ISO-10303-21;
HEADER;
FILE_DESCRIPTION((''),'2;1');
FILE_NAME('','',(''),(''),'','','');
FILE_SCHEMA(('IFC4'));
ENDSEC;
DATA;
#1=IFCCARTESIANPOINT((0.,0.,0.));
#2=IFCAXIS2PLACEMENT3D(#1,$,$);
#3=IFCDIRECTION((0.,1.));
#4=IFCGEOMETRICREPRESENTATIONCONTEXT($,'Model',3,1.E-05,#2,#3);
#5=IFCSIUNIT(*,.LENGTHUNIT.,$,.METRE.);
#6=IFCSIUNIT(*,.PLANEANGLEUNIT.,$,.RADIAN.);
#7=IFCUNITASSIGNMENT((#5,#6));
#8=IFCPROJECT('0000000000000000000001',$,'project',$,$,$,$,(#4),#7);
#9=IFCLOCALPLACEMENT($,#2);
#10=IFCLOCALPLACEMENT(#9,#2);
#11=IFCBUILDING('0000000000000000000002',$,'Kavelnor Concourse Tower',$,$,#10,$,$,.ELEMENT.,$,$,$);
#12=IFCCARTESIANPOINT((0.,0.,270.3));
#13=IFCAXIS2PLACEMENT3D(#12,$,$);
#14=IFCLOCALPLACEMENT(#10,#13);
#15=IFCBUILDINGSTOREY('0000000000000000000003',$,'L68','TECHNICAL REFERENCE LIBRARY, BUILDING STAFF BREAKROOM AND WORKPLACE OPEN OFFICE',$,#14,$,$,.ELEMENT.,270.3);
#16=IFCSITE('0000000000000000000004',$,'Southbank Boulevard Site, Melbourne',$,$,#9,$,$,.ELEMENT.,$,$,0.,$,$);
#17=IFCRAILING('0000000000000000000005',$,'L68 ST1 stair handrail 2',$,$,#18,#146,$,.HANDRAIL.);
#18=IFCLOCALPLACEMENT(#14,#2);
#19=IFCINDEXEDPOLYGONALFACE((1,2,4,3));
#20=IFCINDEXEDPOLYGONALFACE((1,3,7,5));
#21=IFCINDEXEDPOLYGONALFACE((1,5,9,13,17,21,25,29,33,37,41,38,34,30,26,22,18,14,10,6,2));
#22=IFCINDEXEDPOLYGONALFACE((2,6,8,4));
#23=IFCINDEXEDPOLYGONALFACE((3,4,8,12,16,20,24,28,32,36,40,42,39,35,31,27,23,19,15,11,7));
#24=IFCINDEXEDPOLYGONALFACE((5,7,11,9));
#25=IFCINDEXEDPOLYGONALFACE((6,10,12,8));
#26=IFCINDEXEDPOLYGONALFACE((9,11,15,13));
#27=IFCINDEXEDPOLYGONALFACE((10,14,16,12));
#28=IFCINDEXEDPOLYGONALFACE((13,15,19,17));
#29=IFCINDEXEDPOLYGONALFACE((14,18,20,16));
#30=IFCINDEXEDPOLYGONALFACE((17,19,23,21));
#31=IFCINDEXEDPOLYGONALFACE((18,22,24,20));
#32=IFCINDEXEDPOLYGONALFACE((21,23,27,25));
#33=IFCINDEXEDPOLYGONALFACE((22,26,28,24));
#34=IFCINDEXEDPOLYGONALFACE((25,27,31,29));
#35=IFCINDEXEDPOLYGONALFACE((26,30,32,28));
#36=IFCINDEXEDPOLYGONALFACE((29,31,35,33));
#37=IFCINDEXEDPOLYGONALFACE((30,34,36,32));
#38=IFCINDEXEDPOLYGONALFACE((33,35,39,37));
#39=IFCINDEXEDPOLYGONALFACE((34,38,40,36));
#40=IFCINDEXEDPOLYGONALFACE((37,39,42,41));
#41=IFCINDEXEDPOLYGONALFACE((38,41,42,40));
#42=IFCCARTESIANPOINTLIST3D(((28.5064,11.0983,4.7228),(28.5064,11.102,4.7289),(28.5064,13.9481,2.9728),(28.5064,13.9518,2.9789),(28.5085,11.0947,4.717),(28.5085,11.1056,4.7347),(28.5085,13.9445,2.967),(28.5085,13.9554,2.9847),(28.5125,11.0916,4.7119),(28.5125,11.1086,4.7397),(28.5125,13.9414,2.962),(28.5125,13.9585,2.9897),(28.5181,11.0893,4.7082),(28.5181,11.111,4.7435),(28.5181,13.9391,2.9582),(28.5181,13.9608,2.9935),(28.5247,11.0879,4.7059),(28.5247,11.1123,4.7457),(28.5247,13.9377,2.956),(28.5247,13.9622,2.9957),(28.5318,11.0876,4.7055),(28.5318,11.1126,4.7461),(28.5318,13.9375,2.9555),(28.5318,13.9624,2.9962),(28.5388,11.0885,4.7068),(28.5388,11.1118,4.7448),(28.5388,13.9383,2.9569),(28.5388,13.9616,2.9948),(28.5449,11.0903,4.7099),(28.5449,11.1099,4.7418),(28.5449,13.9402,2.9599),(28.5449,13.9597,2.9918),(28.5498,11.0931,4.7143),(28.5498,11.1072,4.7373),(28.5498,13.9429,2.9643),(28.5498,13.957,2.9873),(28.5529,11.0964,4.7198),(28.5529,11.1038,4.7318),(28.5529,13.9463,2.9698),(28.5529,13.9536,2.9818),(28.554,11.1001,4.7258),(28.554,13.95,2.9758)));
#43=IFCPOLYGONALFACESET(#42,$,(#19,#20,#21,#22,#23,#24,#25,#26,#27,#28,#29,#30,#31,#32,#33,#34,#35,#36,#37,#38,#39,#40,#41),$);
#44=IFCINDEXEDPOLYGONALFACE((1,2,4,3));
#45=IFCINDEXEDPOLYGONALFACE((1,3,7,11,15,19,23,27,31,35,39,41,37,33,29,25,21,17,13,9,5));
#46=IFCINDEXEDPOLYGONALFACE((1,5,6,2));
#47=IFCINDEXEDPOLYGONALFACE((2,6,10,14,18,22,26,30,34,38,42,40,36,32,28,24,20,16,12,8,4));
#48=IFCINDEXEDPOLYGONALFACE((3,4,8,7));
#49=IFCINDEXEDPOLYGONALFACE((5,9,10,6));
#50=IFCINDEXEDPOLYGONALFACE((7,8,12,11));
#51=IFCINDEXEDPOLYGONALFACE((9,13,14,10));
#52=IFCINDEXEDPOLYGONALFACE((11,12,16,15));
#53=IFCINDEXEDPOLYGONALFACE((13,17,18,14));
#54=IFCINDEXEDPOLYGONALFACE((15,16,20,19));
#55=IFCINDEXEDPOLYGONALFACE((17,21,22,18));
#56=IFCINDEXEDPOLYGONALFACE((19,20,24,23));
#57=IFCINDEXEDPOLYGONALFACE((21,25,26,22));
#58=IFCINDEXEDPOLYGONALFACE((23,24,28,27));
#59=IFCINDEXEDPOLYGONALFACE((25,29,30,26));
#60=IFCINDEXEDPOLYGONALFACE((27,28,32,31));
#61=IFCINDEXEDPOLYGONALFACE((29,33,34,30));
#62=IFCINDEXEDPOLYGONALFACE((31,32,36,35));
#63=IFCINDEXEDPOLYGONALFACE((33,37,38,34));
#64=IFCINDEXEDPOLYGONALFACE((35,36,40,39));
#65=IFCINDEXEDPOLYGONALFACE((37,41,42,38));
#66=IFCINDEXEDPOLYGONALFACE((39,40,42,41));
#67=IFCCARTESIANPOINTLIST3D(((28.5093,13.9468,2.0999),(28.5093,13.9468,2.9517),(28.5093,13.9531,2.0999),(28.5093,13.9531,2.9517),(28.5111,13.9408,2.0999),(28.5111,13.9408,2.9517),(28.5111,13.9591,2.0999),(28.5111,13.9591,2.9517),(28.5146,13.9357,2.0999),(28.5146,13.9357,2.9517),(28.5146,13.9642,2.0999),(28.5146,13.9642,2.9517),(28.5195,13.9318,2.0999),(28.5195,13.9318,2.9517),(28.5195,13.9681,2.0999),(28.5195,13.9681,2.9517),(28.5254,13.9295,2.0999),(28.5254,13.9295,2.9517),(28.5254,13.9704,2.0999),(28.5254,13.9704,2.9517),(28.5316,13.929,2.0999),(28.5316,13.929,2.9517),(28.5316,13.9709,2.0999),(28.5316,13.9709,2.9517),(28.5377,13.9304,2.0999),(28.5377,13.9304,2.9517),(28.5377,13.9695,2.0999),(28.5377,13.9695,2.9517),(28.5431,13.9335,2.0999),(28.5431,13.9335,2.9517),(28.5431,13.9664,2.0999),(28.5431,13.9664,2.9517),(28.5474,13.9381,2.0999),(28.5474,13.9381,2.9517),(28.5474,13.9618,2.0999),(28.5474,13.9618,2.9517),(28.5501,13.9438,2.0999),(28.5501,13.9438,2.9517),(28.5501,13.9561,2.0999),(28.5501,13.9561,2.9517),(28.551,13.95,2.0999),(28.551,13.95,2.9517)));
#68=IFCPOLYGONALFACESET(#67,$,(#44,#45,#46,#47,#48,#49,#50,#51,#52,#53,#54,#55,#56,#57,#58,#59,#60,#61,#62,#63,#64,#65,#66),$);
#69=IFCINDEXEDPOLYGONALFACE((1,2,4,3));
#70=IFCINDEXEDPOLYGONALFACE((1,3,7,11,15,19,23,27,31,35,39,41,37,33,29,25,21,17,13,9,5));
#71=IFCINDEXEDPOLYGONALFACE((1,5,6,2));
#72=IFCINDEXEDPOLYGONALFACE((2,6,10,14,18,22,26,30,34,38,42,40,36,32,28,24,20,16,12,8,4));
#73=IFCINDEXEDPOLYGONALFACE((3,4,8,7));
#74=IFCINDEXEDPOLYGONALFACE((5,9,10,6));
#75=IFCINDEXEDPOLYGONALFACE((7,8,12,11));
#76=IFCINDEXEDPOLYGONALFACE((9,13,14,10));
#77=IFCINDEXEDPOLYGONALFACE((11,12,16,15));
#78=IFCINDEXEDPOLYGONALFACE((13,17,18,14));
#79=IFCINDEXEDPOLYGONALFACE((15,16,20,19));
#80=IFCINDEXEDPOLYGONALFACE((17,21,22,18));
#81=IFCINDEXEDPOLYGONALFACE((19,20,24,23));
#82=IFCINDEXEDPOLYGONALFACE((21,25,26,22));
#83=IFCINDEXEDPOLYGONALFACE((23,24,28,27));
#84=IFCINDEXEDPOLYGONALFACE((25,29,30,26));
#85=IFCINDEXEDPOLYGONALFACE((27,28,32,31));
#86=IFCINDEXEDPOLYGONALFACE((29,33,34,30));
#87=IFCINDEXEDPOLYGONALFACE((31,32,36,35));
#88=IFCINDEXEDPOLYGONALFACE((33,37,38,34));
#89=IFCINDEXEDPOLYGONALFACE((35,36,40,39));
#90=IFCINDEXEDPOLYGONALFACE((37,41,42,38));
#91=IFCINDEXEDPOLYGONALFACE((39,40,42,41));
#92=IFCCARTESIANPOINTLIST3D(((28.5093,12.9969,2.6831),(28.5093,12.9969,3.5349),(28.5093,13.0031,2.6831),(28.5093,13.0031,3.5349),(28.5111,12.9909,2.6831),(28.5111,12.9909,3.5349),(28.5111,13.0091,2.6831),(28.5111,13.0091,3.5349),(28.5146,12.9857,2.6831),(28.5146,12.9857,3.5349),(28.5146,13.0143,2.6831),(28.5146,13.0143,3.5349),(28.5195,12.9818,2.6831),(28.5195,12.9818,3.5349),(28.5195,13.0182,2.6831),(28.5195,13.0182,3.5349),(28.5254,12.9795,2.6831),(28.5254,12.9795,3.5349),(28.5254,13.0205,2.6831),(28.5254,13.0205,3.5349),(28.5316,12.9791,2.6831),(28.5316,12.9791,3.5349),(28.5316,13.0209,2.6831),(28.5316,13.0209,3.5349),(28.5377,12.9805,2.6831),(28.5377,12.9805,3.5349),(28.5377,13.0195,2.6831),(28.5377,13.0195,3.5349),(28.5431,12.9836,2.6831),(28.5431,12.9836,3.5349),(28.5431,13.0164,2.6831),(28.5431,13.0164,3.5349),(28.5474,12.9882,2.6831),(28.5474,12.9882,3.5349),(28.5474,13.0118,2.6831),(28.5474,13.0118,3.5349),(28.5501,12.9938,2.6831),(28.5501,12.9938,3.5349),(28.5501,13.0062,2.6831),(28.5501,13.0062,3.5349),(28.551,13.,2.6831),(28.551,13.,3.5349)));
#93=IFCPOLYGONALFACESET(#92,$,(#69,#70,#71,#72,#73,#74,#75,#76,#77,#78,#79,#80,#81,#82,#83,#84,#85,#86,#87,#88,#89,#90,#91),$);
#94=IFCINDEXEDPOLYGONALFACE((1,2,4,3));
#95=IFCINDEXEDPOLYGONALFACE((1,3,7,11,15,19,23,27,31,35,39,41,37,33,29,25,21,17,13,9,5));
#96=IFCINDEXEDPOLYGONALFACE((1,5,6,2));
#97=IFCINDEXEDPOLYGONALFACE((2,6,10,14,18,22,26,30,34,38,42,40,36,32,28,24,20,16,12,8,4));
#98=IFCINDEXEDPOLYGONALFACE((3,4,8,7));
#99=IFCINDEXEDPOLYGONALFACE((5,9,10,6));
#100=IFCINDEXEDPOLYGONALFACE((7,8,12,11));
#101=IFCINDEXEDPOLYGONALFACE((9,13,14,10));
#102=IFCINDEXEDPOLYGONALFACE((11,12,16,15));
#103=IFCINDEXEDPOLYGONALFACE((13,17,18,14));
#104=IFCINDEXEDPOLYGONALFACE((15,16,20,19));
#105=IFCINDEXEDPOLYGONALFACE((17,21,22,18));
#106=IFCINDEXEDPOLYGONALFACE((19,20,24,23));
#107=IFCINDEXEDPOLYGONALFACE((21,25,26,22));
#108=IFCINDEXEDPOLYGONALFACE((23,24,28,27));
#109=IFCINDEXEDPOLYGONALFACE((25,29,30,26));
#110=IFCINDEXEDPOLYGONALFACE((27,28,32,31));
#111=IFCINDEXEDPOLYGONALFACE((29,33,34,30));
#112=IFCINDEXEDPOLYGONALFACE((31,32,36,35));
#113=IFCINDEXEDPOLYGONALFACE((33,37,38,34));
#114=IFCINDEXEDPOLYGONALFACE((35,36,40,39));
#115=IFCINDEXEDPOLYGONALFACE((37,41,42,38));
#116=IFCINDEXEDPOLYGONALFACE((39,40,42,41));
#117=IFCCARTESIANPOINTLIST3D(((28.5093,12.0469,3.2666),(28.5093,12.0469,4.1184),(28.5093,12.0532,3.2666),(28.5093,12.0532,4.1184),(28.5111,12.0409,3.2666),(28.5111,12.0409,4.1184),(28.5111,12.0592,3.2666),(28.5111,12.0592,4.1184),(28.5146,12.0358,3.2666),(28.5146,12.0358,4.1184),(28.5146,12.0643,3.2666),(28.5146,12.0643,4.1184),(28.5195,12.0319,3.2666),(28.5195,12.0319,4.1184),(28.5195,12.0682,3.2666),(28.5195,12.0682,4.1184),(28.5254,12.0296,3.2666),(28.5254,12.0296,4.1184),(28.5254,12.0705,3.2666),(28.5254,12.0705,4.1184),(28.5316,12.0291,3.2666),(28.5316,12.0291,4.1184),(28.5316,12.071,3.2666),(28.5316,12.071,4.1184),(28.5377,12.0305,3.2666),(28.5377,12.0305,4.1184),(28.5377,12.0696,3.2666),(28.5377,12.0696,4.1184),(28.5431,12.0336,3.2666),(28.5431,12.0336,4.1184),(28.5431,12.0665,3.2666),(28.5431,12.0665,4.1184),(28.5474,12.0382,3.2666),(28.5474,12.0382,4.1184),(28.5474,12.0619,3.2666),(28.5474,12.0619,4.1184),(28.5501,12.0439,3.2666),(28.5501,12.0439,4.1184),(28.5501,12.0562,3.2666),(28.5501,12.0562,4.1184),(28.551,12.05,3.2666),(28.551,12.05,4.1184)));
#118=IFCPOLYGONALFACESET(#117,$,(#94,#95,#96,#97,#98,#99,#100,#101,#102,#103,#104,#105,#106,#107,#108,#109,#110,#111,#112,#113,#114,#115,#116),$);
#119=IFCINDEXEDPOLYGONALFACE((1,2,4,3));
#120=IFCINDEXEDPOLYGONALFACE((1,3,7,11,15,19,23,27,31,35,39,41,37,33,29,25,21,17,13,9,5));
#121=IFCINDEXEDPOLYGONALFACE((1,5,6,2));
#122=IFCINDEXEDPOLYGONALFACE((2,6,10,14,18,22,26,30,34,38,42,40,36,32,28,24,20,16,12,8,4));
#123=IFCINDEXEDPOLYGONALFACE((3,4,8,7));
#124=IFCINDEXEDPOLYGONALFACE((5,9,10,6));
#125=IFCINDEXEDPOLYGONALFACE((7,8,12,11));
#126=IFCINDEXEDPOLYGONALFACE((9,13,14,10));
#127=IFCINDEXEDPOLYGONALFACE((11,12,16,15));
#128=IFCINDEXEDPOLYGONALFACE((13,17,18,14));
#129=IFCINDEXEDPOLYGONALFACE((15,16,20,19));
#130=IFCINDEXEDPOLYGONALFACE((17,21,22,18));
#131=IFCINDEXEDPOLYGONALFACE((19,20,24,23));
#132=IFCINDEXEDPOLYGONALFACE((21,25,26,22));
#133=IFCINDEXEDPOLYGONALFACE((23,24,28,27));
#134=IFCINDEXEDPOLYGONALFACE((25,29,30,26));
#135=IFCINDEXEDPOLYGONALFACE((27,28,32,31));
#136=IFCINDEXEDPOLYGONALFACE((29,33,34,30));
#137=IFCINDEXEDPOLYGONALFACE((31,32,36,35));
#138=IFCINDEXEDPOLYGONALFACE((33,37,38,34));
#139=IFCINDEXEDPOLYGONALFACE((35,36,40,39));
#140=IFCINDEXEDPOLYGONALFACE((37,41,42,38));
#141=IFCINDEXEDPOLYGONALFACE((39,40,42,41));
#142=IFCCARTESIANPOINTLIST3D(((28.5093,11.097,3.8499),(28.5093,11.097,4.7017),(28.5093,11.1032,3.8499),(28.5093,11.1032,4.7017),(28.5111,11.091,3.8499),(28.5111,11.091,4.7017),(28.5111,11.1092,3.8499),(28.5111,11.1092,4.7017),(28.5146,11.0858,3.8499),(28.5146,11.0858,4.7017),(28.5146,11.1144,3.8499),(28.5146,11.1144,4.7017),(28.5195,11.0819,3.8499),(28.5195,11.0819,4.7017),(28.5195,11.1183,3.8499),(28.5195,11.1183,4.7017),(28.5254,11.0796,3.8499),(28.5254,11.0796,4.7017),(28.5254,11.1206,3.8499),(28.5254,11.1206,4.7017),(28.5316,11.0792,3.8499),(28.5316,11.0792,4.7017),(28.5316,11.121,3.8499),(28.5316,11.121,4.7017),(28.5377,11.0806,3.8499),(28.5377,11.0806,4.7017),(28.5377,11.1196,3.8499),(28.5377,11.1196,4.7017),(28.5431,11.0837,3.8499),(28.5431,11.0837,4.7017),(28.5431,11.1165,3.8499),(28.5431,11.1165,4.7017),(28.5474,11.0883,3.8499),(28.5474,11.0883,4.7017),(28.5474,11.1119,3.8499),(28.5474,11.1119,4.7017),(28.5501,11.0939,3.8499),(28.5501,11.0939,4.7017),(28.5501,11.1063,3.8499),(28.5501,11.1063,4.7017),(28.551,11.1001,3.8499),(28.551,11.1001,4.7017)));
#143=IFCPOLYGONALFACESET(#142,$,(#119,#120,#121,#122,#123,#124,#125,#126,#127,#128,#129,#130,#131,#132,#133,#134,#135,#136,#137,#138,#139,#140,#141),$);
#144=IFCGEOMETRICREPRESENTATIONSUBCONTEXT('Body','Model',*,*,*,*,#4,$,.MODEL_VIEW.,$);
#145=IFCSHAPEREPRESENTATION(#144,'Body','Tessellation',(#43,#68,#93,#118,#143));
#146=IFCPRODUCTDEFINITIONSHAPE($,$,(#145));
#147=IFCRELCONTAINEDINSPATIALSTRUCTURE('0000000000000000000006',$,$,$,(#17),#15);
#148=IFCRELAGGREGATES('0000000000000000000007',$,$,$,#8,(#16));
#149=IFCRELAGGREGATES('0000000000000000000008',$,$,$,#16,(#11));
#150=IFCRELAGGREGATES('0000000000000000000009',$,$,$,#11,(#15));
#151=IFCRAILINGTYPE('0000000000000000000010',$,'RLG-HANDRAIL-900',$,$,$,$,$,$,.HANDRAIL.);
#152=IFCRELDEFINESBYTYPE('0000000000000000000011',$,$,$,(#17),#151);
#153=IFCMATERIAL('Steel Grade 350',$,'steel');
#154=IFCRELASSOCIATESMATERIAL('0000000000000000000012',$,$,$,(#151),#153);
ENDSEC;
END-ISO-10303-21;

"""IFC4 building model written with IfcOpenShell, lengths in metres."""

from ifc_helpers import new_model, si_unit, direction, frame, origin, origin_2d, place, context, subcontext, project, spatial, circle, extrude, material, type_object, element, save


model = new_model("IFC4")

# Units and contexts
model_context = context("Model", 3, precision=1e-05, world=origin(), true_north=direction((0.0, 1.0)))
body_context = subcontext(model_context, "Body", "Model", "MODEL_VIEW")
ifc_project = project(units=[si_unit("LENGTHUNIT", "METRE"), si_unit("PLANEANGLEUNIT", "RADIAN")], contexts=[model_context])

# Site, building, storey
site_placement = place(None, origin())
site = spatial("IfcSite", under=ifc_project, at=site_placement, Name="Southbank Boulevard Site, Melbourne", CompositionType="ELEMENT", RefElevation=0.0)
building_placement = place(site_placement, origin())
building = spatial("IfcBuilding", under=site, at=building_placement, Name="Kavelnor Concourse Tower", CompositionType="ELEMENT")
storey_placement = place(building_placement, frame((0.0, 0.0, 270.3)))
storey = spatial("IfcBuildingStorey", under=building, at=storey_placement, Name="L68", Description="TECHNICAL REFERENCE LIBRARY, BUILDING STAFF BREAKROOM AND WORKPLACE OPEN OFFICE", CompositionType="ELEMENT", Elevation=270.3)

# Shared definitions
ifc_material_1 = material(Name="Steel Grade 350", Category="steel")

# Railing
railing_type_1 = type_object("IfcRailingType", Name="RLG-HANDRAIL-900", PredefinedType="HANDRAIL", material=ifc_material_1)
railing_1_placement = place(storey_placement, frame((28.53, 13.95, 2.0999)))
element("IfcRailing", 1, at=railing_1_placement, inside=storey, type_object=railing_type_1, Name="L68 ST1 stair handrail 2", PredefinedType="HANDRAIL", context=body_context, shape_type="SweptSolid", body=[
    extrude(circle(Radius=0.0239, at=origin_2d()), frame((0.0, 0.0, 0.876), z_axis=(0.0, -0.852159, 0.523283), x_axis=(1.0, 0.0, 0.0)), (0.0, 0.0, 1.0), 3.3442),
    extrude(circle(Radius=0.021, at=origin_2d()), origin(), (0.0, 0.0, 1.0), 0.8518),
    extrude(circle(Radius=0.021, at=origin_2d()), frame((0.0, -0.95, 0.5833)), (0.0, 0.0, 1.0), 0.8518),
    extrude(circle(Radius=0.021, at=origin_2d()), frame((0.0, -1.8999, 1.1667)), (0.0, 0.0, 1.0), 0.8518),
    extrude(circle(Radius=0.021, at=origin_2d()), frame((0.0, -2.8499, 1.75)), (0.0, 0.0, 1.0), 0.8518),
])

save(model, "model.ifc")
